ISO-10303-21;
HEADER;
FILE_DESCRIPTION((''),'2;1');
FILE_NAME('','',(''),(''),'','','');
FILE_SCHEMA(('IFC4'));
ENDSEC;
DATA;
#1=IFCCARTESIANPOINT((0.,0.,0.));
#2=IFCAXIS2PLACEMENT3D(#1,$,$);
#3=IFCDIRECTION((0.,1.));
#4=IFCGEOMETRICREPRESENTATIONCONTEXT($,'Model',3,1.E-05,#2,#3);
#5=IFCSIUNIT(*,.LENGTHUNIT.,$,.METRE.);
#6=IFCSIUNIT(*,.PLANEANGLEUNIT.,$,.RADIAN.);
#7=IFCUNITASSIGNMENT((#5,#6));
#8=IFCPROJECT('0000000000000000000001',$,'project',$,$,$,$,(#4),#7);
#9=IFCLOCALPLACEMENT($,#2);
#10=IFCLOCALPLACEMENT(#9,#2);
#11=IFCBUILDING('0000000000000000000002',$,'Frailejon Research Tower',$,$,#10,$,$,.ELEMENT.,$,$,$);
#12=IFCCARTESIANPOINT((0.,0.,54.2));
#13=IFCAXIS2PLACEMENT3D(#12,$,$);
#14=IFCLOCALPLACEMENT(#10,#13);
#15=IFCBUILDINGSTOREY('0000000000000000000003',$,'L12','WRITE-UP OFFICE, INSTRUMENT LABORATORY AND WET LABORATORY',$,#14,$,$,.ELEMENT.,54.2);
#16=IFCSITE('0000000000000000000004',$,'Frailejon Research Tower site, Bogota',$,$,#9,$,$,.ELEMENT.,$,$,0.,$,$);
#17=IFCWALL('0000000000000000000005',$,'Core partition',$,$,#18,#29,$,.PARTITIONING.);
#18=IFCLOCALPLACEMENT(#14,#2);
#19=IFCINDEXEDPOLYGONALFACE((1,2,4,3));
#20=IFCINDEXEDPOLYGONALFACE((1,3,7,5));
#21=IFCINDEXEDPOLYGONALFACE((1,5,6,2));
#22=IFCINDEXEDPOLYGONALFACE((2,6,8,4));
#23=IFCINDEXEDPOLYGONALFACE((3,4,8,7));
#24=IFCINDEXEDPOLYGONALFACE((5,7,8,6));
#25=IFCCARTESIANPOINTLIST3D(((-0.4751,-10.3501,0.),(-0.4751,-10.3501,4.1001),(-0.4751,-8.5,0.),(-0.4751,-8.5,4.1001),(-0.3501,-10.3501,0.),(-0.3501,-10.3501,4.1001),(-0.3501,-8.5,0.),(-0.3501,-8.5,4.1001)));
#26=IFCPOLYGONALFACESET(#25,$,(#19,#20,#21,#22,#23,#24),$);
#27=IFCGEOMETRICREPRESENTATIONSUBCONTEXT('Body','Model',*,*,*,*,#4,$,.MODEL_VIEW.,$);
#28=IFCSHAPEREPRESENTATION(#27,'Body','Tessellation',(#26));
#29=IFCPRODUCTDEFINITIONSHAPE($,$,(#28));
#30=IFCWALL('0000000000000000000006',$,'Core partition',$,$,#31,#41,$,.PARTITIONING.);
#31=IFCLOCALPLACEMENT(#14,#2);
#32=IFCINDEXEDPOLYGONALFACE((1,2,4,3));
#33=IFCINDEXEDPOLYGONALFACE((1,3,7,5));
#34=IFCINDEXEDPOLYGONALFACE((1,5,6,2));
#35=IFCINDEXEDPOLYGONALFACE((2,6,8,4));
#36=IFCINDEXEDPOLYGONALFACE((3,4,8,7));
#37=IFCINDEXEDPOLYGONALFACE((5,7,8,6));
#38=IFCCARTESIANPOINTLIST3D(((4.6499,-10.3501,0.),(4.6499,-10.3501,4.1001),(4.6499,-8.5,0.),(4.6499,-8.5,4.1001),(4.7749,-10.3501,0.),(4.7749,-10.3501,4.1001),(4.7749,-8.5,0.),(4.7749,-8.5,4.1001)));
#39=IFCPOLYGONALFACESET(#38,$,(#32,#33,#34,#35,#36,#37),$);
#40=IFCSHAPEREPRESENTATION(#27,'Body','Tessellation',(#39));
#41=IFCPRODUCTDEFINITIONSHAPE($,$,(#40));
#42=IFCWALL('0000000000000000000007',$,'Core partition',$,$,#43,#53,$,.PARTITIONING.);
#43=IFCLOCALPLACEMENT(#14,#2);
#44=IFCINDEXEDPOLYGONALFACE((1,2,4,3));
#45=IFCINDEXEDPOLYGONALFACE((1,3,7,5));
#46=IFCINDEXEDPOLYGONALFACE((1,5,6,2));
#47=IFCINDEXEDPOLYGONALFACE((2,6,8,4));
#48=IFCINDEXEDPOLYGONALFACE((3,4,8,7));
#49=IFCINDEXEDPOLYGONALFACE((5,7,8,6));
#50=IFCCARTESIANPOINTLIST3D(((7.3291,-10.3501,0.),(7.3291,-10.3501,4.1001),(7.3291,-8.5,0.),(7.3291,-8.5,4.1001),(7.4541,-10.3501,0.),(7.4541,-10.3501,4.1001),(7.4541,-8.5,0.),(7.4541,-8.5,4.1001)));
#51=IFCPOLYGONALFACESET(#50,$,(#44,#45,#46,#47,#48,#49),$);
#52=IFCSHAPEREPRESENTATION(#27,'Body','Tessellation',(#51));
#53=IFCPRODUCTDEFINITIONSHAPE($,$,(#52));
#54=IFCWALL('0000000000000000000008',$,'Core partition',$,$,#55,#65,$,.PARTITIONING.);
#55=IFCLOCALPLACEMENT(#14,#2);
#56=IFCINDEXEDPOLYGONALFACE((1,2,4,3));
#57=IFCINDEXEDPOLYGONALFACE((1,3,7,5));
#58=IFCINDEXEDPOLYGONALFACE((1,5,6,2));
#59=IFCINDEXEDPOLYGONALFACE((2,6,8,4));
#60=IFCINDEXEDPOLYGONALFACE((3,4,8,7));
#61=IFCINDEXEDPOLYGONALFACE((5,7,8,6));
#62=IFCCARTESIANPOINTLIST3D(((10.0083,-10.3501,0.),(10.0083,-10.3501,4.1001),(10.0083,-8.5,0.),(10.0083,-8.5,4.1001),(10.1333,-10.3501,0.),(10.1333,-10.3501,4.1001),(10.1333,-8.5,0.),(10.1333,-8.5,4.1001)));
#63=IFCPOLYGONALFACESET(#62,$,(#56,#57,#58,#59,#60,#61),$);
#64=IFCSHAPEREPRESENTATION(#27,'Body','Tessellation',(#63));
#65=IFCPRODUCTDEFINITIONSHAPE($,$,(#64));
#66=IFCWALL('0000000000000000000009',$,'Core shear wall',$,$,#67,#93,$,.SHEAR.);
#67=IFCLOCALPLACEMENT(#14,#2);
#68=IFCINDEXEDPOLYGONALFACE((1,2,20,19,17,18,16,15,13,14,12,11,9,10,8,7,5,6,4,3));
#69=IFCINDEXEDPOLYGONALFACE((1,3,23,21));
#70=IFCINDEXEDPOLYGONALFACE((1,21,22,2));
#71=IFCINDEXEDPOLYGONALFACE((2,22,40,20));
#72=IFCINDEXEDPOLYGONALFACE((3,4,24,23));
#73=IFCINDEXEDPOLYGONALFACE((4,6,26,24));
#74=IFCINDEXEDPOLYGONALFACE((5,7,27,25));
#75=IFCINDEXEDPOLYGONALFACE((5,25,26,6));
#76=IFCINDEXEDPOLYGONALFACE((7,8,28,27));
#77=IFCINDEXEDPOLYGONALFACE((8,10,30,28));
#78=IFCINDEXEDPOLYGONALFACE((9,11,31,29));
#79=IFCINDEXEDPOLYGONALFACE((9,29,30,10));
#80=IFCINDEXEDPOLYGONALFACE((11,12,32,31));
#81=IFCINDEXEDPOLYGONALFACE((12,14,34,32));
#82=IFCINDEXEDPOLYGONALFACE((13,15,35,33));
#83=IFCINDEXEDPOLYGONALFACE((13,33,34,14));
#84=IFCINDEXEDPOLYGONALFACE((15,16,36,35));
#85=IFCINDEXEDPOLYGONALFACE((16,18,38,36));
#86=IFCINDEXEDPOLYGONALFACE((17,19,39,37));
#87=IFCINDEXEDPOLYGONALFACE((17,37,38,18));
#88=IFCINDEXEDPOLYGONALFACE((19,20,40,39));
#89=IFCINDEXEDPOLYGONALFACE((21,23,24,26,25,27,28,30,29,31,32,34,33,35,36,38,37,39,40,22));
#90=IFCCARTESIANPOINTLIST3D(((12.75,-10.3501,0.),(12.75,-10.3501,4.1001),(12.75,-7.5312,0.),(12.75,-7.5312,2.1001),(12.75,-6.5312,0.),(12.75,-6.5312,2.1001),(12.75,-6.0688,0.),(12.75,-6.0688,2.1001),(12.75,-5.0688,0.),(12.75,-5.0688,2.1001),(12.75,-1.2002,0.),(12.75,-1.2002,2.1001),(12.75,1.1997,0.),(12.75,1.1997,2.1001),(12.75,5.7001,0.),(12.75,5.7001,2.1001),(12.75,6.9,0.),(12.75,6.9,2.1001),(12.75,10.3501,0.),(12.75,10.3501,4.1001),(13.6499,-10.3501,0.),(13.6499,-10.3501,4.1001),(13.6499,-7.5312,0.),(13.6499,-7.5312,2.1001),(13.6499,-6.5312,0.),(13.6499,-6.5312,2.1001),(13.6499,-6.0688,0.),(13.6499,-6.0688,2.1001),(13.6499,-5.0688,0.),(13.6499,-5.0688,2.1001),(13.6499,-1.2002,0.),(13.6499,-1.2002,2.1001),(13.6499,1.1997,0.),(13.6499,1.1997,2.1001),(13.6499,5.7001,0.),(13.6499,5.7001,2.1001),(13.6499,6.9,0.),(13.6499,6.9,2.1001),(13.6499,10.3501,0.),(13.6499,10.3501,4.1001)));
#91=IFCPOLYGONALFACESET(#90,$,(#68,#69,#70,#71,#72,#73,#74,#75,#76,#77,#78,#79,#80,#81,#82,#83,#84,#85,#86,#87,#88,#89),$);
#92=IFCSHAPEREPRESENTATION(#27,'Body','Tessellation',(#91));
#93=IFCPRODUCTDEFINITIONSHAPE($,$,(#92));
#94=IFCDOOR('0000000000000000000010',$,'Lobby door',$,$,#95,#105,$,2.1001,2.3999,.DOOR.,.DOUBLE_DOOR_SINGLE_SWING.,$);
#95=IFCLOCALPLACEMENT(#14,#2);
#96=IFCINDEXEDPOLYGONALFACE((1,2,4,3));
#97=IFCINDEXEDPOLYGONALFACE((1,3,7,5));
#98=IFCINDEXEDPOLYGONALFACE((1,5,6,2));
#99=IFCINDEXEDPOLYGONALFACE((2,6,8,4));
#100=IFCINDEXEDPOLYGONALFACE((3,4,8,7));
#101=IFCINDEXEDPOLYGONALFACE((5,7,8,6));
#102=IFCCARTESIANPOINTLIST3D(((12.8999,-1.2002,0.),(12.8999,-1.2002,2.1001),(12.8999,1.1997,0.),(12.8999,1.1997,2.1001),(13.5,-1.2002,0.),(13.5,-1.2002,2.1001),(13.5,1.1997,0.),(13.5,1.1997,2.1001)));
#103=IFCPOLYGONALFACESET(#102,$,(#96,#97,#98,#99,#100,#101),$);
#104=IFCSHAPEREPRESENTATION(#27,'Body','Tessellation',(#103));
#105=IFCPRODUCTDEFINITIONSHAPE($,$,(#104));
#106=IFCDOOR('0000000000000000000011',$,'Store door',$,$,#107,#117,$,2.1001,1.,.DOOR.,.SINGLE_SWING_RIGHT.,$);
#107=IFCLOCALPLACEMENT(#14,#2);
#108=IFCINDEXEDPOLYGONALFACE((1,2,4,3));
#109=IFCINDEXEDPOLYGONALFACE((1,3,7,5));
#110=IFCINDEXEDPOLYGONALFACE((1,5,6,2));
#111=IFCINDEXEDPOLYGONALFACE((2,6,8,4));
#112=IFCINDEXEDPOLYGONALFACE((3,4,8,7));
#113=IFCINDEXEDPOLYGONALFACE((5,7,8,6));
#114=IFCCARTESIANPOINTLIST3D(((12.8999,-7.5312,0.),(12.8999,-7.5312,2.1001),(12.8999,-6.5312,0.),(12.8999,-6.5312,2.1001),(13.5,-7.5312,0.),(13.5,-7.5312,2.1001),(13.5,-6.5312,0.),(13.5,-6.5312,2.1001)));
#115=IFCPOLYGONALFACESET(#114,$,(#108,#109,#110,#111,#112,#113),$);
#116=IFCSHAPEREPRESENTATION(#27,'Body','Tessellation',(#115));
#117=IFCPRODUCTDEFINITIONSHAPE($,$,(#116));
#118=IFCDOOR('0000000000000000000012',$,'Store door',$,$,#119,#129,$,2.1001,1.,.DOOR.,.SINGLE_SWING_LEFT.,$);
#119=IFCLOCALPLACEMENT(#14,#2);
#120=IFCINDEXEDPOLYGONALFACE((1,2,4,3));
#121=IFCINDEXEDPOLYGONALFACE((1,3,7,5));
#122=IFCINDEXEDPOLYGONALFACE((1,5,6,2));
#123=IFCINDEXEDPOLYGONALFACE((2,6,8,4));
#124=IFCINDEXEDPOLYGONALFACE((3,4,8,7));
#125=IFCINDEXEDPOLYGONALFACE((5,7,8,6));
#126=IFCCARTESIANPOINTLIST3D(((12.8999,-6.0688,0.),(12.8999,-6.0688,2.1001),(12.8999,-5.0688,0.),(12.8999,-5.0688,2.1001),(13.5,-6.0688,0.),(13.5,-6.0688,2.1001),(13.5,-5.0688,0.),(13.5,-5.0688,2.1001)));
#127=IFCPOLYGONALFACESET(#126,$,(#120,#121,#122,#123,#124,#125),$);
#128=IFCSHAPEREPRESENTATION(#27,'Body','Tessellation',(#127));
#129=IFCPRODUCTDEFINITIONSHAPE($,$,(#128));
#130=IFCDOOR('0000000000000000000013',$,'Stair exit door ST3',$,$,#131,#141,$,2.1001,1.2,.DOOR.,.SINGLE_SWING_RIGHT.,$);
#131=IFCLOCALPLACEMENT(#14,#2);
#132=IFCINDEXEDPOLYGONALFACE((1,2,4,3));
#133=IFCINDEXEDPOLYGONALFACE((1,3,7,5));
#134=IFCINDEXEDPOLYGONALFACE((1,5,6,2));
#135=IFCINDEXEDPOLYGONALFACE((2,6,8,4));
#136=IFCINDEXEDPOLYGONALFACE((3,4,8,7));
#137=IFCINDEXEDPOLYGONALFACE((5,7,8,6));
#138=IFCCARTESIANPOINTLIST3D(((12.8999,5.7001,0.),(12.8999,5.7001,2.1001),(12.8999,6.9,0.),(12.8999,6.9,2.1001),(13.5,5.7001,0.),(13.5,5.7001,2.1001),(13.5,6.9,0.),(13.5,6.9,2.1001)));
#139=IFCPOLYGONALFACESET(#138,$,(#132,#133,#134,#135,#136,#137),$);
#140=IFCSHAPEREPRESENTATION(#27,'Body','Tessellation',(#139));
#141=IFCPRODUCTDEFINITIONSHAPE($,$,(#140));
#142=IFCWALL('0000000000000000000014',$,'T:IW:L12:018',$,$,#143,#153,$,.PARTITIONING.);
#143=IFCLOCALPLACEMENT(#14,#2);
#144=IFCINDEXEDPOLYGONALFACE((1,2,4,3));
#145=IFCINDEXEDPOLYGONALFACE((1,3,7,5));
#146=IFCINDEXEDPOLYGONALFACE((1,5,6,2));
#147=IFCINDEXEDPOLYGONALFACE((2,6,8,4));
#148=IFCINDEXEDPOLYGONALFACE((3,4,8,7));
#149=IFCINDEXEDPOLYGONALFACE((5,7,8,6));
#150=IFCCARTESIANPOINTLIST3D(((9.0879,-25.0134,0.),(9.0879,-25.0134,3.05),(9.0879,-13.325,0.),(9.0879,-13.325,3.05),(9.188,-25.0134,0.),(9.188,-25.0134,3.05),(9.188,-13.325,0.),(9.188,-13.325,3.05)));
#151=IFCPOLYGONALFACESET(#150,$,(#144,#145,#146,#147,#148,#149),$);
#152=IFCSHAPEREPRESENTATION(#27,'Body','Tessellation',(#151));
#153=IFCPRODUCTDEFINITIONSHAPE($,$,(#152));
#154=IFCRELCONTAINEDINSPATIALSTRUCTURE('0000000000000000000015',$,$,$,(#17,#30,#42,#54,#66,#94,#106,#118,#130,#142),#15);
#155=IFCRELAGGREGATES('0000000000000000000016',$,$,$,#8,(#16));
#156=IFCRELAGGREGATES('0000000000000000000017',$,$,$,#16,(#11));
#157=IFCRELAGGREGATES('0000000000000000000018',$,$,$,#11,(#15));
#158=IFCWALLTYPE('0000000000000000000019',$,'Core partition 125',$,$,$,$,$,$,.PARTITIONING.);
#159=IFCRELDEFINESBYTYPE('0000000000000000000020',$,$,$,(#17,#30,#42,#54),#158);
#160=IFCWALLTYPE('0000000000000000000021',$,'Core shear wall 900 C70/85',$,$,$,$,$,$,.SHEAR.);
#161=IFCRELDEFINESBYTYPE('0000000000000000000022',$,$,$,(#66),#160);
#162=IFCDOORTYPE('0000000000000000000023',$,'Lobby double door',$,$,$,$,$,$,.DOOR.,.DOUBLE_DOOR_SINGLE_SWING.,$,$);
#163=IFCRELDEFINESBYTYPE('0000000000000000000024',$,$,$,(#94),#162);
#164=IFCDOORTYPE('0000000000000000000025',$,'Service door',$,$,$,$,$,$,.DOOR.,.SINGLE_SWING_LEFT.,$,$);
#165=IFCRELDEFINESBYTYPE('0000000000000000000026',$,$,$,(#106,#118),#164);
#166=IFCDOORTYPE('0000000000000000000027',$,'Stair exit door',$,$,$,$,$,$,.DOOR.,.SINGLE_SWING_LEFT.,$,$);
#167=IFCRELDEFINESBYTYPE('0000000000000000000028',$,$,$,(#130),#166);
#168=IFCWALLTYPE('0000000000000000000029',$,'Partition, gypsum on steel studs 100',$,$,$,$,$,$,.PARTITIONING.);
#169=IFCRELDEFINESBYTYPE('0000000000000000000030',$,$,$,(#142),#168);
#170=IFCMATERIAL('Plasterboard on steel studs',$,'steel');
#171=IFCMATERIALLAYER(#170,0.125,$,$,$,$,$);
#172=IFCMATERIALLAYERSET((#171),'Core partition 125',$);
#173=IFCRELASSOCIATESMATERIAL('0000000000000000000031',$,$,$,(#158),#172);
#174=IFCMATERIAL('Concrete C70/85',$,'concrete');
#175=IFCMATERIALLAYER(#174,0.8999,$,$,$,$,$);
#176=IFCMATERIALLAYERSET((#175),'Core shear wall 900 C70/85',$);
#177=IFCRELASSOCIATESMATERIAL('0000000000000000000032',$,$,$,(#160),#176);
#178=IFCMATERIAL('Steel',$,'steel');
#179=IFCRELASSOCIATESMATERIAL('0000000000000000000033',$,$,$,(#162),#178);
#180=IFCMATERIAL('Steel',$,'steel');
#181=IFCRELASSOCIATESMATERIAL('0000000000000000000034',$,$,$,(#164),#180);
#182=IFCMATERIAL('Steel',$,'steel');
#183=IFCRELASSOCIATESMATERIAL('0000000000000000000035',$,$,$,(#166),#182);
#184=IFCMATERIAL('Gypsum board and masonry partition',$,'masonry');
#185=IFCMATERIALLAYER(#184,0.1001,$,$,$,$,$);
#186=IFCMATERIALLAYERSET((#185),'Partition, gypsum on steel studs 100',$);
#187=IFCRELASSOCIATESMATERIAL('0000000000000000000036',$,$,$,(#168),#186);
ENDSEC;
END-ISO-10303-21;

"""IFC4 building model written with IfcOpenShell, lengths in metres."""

from ifc_helpers import new_model, si_unit, direction, frame, frame_2d, origin, place, context, subcontext, project, spatial, rectangle, extrude, material, layer, layer_set, type_object, element, fill, save


model = new_model("IFC4")

# Units and contexts
model_context = context("Model", 3, precision=1e-05, world=origin(), true_north=direction((0.0, 1.0)))
body_context = subcontext(model_context, "Body", "Model", "MODEL_VIEW")
ifc_project = project(units=[si_unit("LENGTHUNIT", "METRE"), si_unit("PLANEANGLEUNIT", "RADIAN")], contexts=[model_context])

# Site, building, storey
site_placement = place(None, origin())
site = spatial("IfcSite", under=ifc_project, at=site_placement, Name="Frailejon Research Tower site, Bogota", CompositionType="ELEMENT", RefElevation=0.0)
building_placement = place(site_placement, origin())
building = spatial("IfcBuilding", under=site, at=building_placement, Name="Frailejon Research Tower", CompositionType="ELEMENT")
storey_placement = place(building_placement, frame((0.0, 0.0, 54.2)))
storey = spatial("IfcBuildingStorey", under=building, at=storey_placement, Name="L12", Description="WRITE-UP OFFICE, INSTRUMENT LABORATORY AND WET LABORATORY", CompositionType="ELEMENT", Elevation=54.2)

# Walls
ifc_material_1 = material(Name="Plasterboard on steel studs", Category="steel")
ifc_layer_1 = layer(ifc_material_1, 0.125)
ifc_layer_set_1 = layer_set([ifc_layer_1], Name="Core partition 125")
wall_type_1 = type_object("IfcWallType", Name="Core partition 125", PredefinedType="PARTITIONING", material=ifc_layer_set_1)
for number, where, z_axis, x_axis, name in (
    (1, (-0.4126, -10.3501, 0.0), (0.0, 0.0, 1.0), (0.0, 1.0, 0.0), "Core partition"),
    (2, (4.7124, -10.3501, 0.0), (0.0, 0.0, 1.0), (0.0, 1.0, 0.0), "Core partition"),
    (3, (7.3916, -10.3501, 0.0), (0.0, 0.0, 1.0), (0.0, 1.0, 0.0), "Core partition"),
    (4, (10.0708, -10.3501, 0.0), (0.0, 0.0, 1.0), (0.0, 1.0, 0.0), "Core partition"),
):
    element("IfcWall", number, at=place(storey_placement, frame(where, z_axis=z_axis, x_axis=x_axis)), inside=storey, type_object=wall_type_1, Name=name, PredefinedType="PARTITIONING", context=body_context, shape_type="SweptSolid", body=[
        extrude(rectangle(XDim=1.8501, YDim=0.125, at=frame_2d((0.925, 0.0))), origin(), (0.0, 0.0, 1.0), 4.1001),
    ])

# Wall, openings, doors
ifc_material_2 = material(Name="Concrete C70/85", Category="concrete")
ifc_layer_2 = layer(ifc_material_2, 0.8999)
ifc_layer_set_2 = layer_set([ifc_layer_2], Name="Core shear wall 900 C70/85")
wall_type_2 = type_object("IfcWallType", Name="Core shear wall 900 C70/85", PredefinedType="SHEAR", material=ifc_layer_set_2)
wall_1_placement = place(storey_placement, frame((13.2, -10.3501, 0.0), z_axis=(0.0, 0.0, 1.0), x_axis=(0.0, 1.0, 0.0)))
wall_1 = element("IfcWall", 5, at=wall_1_placement, inside=storey, type_object=wall_type_2, Name="Core shear wall", PredefinedType="SHEAR", context=body_context, shape_type="SweptSolid", body=[
    extrude(rectangle(XDim=20.7002, YDim=0.8999, at=frame_2d((10.3501, 0.0))), origin(), (0.0, 0.0, 1.0), 4.1001),
])
opening_1_placement = place(wall_1_placement, frame((9.1499, 0.0, 0.0)))
opening_1 = element("IfcOpeningElement", 6, at=opening_1_placement, cuts=wall_1, PredefinedType="OPENING", context=body_context, shape_type="SweptSolid", body=[
    extrude(rectangle(XDim=2.3999, YDim=2.1001, at=frame_2d((1.2, 1.05))), frame((0.0, 0.46, 0.0), z_axis=(0.0, -1.0, 0.0), x_axis=(1.0, 0.0, 0.0)), (0.0, 0.0, 1.0), 0.9199),
])
opening_2_placement = place(wall_1_placement, frame((16.05, 0.0, 0.0)))
opening_2 = element("IfcOpeningElement", 7, at=opening_2_placement, cuts=wall_1, PredefinedType="OPENING", context=body_context, shape_type="SweptSolid", body=[
    extrude(rectangle(XDim=1.2, YDim=2.1001, at=frame_2d((0.6001, 1.05))), frame((0.0, 0.46, 0.0), z_axis=(0.0, -1.0, 0.0), x_axis=(1.0, 0.0, 0.0)), (0.0, 0.0, 1.0), 0.9199),
])
opening_3_placement = place(wall_1_placement, frame((2.8188, 0.0, 0.0)))
opening_3 = element("IfcOpeningElement", 8, at=opening_3_placement, cuts=wall_1, PredefinedType="OPENING", context=body_context, shape_type="SweptSolid", body=[
    extrude(rectangle(XDim=1.0, YDim=2.1001, at=frame_2d((0.5, 1.05))), frame((0.0, 0.46, 0.0), z_axis=(0.0, -1.0, 0.0), x_axis=(1.0, 0.0, 0.0)), (0.0, 0.0, 1.0), 0.9199),
])
opening_4_placement = place(wall_1_placement, frame((4.2812, 0.0, 0.0)))
opening_4 = element("IfcOpeningElement", 9, at=opening_4_placement, cuts=wall_1, PredefinedType="OPENING", context=body_context, shape_type="SweptSolid", body=[
    extrude(rectangle(XDim=1.0, YDim=2.1001, at=frame_2d((0.5, 1.05))), frame((0.0, 0.46, 0.0), z_axis=(0.0, -1.0, 0.0), x_axis=(1.0, 0.0, 0.0)), (0.0, 0.0, 1.0), 0.9199),
])
ifc_material_3 = material(Name="Steel", Category="steel")
door_type_1 = type_object("IfcDoorType", Name="Lobby double door", OperationType="DOUBLE_DOOR_SINGLE_SWING", PredefinedType="DOOR", material=ifc_material_3)
door_1_placement = place(opening_1_placement, origin())
door_1 = element("IfcDoor", 10, at=door_1_placement, inside=storey, type_object=door_type_1, Name="Lobby door", OperationType="DOUBLE_DOOR_SINGLE_SWING", OverallHeight=2.1001, OverallWidth=2.3999, PredefinedType="DOOR", context=body_context, shape_type="SweptSolid", body=[
    extrude(rectangle(XDim=2.3999, YDim=2.1001, at=frame_2d((1.2, 1.05))), frame((0.0, 0.3, 0.0), z_axis=(0.0, -1.0, 0.0), x_axis=(1.0, 0.0, 0.0)), (0.0, 0.0, 1.0), 0.6001),
])
fill(opening_1, door_1)
ifc_material_4 = material(Name="Steel", Category="steel")
door_type_2 = type_object("IfcDoorType", Name="Service door", OperationType="SINGLE_SWING_LEFT", PredefinedType="DOOR", material=ifc_material_4)
door_2_placement = place(opening_3_placement, origin())
door_2 = element("IfcDoor", 11, at=door_2_placement, inside=storey, type_object=door_type_2, Name="Store door", OperationType="SINGLE_SWING_RIGHT", OverallHeight=2.1001, OverallWidth=1.0, PredefinedType="DOOR", context=body_context, shape_type="SweptSolid", body=[
    extrude(rectangle(XDim=1.0, YDim=2.1001, at=frame_2d((0.5, 1.05))), frame((0.0, 0.3, 0.0), z_axis=(0.0, -1.0, 0.0), x_axis=(1.0, 0.0, 0.0)), (0.0, 0.0, 1.0), 0.6001),
])
fill(opening_3, door_2)
door_3_placement = place(opening_4_placement, origin())
door_3 = element("IfcDoor", 12, at=door_3_placement, inside=storey, type_object=door_type_2, Name="Store door", OperationType="SINGLE_SWING_LEFT", OverallHeight=2.1001, OverallWidth=1.0, PredefinedType="DOOR", context=body_context, shape_type="SweptSolid", body=[
    extrude(rectangle(XDim=1.0, YDim=2.1001, at=frame_2d((0.5, 1.05))), frame((0.0, 0.3, 0.0), z_axis=(0.0, -1.0, 0.0), x_axis=(1.0, 0.0, 0.0)), (0.0, 0.0, 1.0), 0.6001),
])
fill(opening_4, door_3)
ifc_material_5 = material(Name="Steel", Category="steel")
door_type_3 = type_object("IfcDoorType", Name="Stair exit door", OperationType="SINGLE_SWING_LEFT", PredefinedType="DOOR", material=ifc_material_5)
door_4_placement = place(opening_2_placement, origin())
door_4 = element("IfcDoor", 13, at=door_4_placement, inside=storey, type_object=door_type_3, Name="Stair exit door ST3", OperationType="SINGLE_SWING_RIGHT", OverallHeight=2.1001, OverallWidth=1.2, PredefinedType="DOOR", context=body_context, shape_type="SweptSolid", body=[
    extrude(rectangle(XDim=1.2, YDim=2.1001, at=frame_2d((0.6001, 1.05))), frame((0.0, 0.3, 0.0), z_axis=(0.0, -1.0, 0.0), x_axis=(1.0, 0.0, 0.0)), (0.0, 0.0, 1.0), 0.6001),
])
fill(opening_2, door_4)

# Wall
ifc_material_6 = material(Name="Gypsum board and masonry partition", Category="masonry")
ifc_layer_3 = layer(ifc_material_6, 0.1001)
ifc_layer_set_3 = layer_set([ifc_layer_3], Name="Partition, gypsum on steel studs 100")
wall_type_3 = type_object("IfcWallType", Name="Partition, gypsum on steel studs 100", PredefinedType="PARTITIONING", material=ifc_layer_set_3)
wall_2_placement = place(storey_placement, frame((9.1379, -25.0134, 0.0), z_axis=(0.0, 0.0, 1.0), x_axis=(0.0, 1.0, 0.0)))
element("IfcWall", 14, at=wall_2_placement, inside=storey, type_object=wall_type_3, Name="T:IW:L12:018", PredefinedType="PARTITIONING", context=body_context, shape_type="SweptSolid", body=[
    extrude(rectangle(XDim=11.6885, YDim=0.1001, at=frame_2d((5.8442, 0.0))), origin(), (0.0, 0.0, 1.0), 3.05),
])

save(model, "model.ifc")
